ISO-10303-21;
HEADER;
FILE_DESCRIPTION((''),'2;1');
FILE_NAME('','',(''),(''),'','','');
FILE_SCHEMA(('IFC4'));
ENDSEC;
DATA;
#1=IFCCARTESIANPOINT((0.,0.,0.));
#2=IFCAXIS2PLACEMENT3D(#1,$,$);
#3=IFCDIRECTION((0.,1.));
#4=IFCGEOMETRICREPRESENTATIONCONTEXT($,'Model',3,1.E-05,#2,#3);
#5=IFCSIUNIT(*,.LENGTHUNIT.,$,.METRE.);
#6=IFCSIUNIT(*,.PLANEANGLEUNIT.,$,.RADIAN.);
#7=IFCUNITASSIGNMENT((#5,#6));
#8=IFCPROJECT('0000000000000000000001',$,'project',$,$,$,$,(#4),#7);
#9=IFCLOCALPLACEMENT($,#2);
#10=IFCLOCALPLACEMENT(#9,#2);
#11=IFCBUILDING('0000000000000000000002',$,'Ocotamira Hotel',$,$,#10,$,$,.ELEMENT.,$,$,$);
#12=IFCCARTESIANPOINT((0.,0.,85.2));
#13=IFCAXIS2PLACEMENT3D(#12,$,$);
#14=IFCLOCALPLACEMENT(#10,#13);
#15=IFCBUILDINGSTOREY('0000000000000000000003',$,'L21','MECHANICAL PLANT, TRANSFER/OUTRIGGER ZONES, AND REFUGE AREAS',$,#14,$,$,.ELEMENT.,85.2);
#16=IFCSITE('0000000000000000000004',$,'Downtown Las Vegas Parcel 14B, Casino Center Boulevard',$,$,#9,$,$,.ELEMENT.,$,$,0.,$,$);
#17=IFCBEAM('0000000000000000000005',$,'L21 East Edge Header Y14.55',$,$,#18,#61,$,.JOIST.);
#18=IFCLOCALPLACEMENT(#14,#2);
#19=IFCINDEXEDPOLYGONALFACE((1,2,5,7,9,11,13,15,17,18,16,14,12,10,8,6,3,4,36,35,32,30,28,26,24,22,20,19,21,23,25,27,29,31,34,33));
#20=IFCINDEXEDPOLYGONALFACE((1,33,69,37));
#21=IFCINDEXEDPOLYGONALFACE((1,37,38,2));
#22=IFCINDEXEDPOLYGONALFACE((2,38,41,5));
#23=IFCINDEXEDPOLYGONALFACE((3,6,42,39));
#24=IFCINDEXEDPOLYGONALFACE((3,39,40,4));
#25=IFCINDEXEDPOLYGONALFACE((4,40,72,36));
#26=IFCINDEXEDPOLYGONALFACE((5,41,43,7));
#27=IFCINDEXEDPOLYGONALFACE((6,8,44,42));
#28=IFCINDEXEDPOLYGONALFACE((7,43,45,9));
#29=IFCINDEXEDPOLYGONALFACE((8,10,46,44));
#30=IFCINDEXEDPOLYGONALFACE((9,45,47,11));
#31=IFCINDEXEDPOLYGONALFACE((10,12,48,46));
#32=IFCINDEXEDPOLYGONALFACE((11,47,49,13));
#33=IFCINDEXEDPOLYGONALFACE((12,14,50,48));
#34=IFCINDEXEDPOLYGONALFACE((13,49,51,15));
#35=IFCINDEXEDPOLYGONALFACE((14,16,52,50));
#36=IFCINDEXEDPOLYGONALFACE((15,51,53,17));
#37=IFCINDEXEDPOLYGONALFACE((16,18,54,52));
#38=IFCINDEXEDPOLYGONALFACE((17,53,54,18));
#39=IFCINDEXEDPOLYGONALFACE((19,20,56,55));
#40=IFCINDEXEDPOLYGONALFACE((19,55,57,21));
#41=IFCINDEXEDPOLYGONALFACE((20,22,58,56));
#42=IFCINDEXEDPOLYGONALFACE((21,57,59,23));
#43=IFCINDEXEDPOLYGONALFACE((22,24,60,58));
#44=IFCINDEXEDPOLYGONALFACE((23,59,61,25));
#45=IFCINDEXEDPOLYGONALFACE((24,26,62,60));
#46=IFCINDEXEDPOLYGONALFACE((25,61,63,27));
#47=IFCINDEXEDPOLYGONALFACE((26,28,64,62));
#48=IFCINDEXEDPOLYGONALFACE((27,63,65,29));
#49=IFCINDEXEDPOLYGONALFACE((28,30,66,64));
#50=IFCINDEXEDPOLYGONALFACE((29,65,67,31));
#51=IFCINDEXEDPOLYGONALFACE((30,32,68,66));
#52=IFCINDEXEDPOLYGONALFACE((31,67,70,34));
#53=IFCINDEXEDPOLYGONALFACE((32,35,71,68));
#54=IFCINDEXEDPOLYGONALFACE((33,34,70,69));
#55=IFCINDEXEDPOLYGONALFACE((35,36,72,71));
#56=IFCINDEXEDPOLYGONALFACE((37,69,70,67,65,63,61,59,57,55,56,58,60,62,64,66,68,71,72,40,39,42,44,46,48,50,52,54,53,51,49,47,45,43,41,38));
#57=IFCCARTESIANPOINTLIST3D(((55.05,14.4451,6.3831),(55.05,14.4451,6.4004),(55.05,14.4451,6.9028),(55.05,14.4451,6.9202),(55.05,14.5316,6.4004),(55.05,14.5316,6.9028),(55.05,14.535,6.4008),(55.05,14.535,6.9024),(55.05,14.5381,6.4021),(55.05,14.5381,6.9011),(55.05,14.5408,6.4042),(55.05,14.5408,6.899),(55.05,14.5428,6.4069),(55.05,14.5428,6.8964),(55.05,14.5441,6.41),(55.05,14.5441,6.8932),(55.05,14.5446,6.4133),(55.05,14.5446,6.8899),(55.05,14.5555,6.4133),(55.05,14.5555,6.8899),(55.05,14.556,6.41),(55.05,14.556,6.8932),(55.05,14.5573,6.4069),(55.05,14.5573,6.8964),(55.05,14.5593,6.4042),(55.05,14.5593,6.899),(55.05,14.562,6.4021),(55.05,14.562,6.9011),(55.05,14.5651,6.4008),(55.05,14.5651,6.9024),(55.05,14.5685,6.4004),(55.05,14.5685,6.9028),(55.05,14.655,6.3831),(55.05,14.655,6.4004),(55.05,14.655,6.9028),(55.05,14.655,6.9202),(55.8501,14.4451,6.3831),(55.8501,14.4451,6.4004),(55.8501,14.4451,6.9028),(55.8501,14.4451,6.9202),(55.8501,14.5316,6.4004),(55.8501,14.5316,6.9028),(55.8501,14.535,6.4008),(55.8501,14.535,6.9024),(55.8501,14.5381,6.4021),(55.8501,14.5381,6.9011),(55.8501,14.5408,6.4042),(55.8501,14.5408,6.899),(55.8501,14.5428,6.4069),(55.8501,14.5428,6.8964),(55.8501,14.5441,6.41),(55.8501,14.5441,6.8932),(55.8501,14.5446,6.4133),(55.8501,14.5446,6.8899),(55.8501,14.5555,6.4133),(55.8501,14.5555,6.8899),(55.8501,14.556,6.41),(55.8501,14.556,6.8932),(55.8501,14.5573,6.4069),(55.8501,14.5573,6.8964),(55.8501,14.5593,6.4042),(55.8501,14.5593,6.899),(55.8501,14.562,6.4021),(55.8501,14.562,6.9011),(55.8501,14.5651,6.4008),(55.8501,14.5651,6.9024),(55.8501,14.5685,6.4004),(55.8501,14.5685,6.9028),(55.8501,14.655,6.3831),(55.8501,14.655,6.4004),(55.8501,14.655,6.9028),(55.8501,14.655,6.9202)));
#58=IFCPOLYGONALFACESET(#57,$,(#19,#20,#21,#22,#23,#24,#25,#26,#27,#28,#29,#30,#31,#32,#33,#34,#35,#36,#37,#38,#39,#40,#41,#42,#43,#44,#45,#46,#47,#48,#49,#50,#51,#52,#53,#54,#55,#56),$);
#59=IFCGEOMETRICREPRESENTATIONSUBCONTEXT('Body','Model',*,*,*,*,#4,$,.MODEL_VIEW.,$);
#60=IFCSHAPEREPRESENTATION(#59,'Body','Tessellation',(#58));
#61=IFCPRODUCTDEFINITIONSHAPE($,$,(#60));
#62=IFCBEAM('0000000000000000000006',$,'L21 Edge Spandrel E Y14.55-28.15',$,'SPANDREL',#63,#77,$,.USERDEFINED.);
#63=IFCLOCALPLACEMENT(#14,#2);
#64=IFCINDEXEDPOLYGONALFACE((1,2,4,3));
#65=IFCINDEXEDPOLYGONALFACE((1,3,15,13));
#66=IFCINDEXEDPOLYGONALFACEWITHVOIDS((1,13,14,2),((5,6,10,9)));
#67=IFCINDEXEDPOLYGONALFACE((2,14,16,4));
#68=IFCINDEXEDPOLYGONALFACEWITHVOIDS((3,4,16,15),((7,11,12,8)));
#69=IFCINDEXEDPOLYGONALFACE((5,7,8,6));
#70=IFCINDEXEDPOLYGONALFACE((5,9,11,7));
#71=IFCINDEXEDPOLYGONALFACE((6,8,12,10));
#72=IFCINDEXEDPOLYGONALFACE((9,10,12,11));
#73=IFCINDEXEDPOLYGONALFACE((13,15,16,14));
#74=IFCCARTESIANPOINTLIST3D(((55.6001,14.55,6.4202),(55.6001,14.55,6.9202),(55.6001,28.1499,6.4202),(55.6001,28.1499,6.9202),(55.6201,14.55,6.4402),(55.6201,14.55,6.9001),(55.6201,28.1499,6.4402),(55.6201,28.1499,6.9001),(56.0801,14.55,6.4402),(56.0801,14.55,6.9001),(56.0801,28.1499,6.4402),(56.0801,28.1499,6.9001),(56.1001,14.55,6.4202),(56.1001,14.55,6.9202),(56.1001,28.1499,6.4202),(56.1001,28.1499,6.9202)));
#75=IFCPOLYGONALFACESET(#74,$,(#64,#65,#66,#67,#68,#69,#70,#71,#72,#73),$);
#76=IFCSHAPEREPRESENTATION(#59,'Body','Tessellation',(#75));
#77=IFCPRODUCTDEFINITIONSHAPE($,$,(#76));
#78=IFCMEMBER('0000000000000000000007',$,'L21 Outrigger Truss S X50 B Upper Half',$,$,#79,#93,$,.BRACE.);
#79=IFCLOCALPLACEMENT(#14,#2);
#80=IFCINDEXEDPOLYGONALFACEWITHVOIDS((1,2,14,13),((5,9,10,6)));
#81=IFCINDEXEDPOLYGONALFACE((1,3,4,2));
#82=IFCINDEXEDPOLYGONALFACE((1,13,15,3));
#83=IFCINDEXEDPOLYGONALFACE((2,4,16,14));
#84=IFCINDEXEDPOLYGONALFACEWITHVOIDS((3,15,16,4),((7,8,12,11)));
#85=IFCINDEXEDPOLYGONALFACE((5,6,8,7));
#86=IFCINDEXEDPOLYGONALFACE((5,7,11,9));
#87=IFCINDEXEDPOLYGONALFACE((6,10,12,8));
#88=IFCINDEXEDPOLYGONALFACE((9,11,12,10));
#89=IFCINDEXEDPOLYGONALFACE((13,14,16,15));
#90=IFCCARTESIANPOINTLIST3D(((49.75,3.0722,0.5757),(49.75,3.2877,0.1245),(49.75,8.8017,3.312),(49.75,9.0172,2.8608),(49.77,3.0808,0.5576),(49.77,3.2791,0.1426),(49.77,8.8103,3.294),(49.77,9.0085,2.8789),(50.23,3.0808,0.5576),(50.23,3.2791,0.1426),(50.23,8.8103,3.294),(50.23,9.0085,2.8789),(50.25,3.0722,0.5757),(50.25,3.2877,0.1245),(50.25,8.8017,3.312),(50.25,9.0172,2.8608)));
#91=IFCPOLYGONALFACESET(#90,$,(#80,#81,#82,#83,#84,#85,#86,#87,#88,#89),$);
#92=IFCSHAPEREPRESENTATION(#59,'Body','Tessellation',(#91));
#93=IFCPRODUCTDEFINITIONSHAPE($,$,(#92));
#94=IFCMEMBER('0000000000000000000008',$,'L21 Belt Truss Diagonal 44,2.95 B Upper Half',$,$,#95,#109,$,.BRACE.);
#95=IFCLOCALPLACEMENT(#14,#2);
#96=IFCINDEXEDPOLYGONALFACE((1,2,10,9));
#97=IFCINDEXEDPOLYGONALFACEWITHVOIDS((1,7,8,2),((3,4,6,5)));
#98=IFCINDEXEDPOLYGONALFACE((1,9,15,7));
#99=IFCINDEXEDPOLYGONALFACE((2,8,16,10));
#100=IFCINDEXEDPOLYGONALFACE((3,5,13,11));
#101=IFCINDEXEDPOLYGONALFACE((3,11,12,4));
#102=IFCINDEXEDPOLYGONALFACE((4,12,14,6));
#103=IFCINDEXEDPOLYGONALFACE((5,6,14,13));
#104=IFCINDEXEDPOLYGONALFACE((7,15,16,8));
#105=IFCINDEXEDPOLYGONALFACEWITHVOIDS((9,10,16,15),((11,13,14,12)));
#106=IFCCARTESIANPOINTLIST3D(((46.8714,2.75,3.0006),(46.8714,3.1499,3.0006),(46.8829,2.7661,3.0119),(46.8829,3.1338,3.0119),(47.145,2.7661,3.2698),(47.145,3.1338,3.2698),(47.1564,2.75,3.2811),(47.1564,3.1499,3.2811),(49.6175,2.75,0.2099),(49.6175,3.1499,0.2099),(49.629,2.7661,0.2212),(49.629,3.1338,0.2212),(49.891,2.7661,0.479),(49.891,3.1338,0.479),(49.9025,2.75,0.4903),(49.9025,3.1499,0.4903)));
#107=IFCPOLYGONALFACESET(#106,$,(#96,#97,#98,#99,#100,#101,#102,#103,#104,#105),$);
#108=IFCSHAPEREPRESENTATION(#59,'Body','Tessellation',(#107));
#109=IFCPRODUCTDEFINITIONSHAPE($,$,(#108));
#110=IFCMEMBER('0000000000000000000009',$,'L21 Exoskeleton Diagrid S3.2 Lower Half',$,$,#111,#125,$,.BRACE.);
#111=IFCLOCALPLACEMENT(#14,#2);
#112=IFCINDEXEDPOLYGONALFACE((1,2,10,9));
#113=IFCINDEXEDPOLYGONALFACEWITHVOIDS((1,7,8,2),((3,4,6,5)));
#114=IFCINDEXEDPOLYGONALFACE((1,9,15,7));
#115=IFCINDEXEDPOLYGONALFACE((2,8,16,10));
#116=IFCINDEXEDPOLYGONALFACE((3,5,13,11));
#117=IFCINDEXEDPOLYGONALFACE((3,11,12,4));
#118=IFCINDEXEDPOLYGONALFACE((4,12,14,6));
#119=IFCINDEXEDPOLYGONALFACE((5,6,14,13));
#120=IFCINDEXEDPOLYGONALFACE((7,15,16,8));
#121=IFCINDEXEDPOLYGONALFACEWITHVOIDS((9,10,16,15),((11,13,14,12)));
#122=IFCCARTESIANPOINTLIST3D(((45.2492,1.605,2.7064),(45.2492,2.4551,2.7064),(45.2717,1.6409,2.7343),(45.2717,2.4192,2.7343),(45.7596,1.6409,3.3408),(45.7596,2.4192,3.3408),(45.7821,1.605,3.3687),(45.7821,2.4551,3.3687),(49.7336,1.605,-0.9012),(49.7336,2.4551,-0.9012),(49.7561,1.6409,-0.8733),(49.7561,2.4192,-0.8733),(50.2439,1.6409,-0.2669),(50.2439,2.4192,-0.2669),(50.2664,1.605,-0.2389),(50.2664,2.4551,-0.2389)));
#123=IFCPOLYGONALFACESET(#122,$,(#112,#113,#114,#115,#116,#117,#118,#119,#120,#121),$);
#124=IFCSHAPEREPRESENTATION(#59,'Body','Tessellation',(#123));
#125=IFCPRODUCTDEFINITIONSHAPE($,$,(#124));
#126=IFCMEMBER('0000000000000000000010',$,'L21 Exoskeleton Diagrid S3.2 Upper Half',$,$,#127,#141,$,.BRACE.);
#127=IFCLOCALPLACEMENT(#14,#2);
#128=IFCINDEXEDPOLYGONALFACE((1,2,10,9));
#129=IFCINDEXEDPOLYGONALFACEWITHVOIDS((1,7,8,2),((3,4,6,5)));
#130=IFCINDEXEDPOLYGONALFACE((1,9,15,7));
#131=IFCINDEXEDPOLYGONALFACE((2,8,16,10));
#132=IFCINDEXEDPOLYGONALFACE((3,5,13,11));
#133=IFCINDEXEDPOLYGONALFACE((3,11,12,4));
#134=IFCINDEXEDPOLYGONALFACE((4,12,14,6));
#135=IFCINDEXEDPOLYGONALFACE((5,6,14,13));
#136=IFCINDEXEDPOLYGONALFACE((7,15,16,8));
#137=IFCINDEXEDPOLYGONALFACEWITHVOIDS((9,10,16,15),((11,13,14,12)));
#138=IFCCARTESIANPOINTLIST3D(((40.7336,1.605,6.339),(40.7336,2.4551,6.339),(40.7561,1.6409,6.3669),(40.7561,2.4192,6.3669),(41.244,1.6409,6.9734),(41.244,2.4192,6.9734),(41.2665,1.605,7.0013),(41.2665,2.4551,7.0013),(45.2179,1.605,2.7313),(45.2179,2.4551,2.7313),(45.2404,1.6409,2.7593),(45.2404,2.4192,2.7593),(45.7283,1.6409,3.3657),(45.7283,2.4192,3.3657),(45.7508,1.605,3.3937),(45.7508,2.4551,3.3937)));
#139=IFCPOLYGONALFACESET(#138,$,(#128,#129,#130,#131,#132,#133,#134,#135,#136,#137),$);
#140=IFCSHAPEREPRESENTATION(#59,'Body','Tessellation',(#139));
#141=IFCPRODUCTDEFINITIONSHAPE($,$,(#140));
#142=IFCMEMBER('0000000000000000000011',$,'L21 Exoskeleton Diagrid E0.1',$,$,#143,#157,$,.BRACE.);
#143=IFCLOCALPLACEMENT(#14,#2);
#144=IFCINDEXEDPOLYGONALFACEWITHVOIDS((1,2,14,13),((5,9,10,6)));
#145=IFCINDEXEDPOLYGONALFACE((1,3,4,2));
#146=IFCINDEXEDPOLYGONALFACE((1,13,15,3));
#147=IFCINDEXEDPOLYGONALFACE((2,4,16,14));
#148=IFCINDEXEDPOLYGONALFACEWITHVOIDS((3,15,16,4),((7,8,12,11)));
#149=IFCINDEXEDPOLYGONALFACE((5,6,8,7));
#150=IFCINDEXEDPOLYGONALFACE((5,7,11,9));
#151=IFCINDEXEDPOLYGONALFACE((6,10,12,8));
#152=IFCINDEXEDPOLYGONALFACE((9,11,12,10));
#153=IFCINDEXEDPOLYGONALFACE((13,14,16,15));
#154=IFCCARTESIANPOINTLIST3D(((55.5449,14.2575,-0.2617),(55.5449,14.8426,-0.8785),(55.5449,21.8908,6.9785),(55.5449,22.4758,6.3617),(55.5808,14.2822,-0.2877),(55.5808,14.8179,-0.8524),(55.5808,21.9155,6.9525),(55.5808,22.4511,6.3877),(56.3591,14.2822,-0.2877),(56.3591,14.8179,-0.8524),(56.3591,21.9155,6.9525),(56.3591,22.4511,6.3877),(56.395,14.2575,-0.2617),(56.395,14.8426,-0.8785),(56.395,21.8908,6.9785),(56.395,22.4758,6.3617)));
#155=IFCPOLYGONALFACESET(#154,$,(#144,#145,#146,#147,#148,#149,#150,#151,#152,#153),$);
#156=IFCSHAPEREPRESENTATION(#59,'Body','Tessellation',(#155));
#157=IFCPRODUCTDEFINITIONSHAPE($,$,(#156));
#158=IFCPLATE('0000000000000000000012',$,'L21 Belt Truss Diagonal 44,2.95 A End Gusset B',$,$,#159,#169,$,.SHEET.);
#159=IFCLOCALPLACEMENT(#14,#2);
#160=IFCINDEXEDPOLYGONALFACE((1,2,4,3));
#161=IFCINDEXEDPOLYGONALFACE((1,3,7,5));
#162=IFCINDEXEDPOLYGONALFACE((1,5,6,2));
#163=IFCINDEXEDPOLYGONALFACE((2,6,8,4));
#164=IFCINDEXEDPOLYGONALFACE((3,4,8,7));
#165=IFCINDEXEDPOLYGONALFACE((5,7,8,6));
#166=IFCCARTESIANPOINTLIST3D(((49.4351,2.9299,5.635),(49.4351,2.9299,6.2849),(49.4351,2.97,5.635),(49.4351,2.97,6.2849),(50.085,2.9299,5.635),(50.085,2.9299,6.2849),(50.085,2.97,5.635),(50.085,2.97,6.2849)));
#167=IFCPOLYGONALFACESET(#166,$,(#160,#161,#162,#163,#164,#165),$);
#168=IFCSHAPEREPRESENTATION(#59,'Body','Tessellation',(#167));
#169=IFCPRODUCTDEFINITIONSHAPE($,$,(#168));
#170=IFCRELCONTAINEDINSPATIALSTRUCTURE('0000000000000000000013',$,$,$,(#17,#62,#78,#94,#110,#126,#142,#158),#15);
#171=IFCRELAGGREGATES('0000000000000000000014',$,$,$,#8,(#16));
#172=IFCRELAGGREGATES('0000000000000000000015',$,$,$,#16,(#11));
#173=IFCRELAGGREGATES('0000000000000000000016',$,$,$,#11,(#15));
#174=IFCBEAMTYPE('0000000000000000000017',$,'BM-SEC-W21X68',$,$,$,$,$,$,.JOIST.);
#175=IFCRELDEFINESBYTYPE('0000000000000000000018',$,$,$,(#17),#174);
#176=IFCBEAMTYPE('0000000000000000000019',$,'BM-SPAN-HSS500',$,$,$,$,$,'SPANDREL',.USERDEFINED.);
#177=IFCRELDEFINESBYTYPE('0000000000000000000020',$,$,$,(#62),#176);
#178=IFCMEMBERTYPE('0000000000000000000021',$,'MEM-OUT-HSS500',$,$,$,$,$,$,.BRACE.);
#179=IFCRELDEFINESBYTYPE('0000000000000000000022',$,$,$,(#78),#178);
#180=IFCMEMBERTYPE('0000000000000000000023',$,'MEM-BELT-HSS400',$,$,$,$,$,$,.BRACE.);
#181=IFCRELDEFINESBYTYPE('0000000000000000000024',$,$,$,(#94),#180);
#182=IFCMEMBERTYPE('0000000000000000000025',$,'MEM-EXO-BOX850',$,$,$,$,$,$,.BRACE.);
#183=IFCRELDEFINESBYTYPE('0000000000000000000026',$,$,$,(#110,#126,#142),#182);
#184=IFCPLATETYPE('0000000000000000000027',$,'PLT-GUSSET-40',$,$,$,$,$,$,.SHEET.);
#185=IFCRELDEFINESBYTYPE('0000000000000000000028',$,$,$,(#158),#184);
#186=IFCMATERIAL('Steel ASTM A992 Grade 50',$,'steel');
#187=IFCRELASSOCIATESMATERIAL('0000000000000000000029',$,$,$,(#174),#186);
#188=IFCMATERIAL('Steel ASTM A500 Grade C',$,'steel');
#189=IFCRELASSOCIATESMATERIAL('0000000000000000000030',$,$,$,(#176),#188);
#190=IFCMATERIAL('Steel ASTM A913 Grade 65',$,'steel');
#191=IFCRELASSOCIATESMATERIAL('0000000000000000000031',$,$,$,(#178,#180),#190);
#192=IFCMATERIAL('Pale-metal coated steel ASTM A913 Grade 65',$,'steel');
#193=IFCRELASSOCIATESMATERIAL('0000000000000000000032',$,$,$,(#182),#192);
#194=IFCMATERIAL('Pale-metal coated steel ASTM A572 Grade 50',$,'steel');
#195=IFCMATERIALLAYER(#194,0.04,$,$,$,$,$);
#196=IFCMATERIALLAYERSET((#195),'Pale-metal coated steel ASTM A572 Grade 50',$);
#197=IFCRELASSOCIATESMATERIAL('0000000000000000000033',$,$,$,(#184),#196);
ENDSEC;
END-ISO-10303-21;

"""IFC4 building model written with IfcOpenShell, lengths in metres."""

from ifc_helpers import new_model, si_unit, direction, frame, origin, origin_2d, place, context, subcontext, project, spatial, rectangle, hollow_rectangle, i_section, extrude, source, transform, mapped, material, layer, layer_set, material_profile, profile_set, type_object, element, save


model = new_model("IFC4")

# Units and contexts
model_context = context("Model", 3, precision=1e-05, world=origin(), true_north=direction((0.0, 1.0)))
body_context = subcontext(model_context, "Body", "Model", "MODEL_VIEW")
ifc_project = project(units=[si_unit("LENGTHUNIT", "METRE"), si_unit("PLANEANGLEUNIT", "RADIAN")], contexts=[model_context])

# Site, building, storey
site_placement = place(None, origin())
site = spatial("IfcSite", under=ifc_project, at=site_placement, Name="Downtown Las Vegas Parcel 14B, Casino Center Boulevard", CompositionType="ELEMENT", RefElevation=0.0)
building_placement = place(site_placement, origin())
building = spatial("IfcBuilding", under=site, at=building_placement, Name="Ocotamira Hotel", CompositionType="ELEMENT")
storey_placement = place(building_placement, frame((0.0, 0.0, 85.2)))
storey = spatial("IfcBuildingStorey", under=building, at=storey_placement, Name="L21", Description="MECHANICAL PLANT, TRANSFER/OUTRIGGER ZONES, AND REFUGE AREAS", CompositionType="ELEMENT", Elevation=85.2)

# Shared definitions
ifc_material_1 = material(Name="Steel ASTM A913 Grade 65", Category="steel")

# Beams
ifc_material_2 = material(Name="Steel ASTM A992 Grade 50", Category="steel")
ifc_material_profile_1 = material_profile(ifc_material_2, i_section(OverallWidth=0.21, OverallDepth=0.5371, WebThickness=0.011, FlangeThickness=0.0173, FilletRadius=0.0129, at=origin_2d()), Name="W21X68")
ifc_profile_set_1 = profile_set([ifc_material_profile_1], Name="Steel ASTM A992 Grade 50")
beam_type_1 = type_object("IfcBeamType", Name="BM-SEC-W21X68", PredefinedType="JOIST", material=ifc_profile_set_1)
shared_shape_1 = source(origin(), body_context, "Body", "SweptSolid", [
    extrude(i_section(OverallWidth=0.21, OverallDepth=0.5371, WebThickness=0.011, FlangeThickness=0.0173, FilletRadius=0.0129, at=origin_2d()), origin(), (0.0, 0.0, 1.0), 0.8),
])
for number, where, z_axis, x_axis, name in (
    (1, (55.05, 14.55, 6.6516), (1.0, 0.0, 0.0), (0.0, 1.0, 0.0), "L21 East Edge Header Y14.55"),
):
    element("IfcBeam", number, at=place(storey_placement, frame(where, z_axis=z_axis, x_axis=x_axis)), inside=storey, type_object=beam_type_1, Name=name, PredefinedType="JOIST", context=body_context, shape_type="MappedRepresentation", body=[
        mapped(shared_shape_1, transform((0.0, 0.0, 0.0), scale=1.0)),
    ])
ifc_material_3 = material(Name="Steel ASTM A500 Grade C", Category="steel")
ifc_material_profile_2 = material_profile(ifc_material_3, hollow_rectangle(XDim=0.5, YDim=0.5, WallThickness=0.02, at=origin_2d()), Name="HSS500X500X20")
ifc_profile_set_2 = profile_set([ifc_material_profile_2], Name="Steel ASTM A500 Grade C")
beam_type_2 = type_object("IfcBeamType", Name="BM-SPAN-HSS500", ElementType="SPANDREL", PredefinedType="USERDEFINED", material=ifc_profile_set_2)
shared_shape_2 = source(origin(), body_context, "Body", "SweptSolid", [
    extrude(hollow_rectangle(XDim=0.5, YDim=0.5, WallThickness=0.02, at=origin_2d()), origin(), (0.0, 0.0, 1.0), 13.5999),
])
beam_1_placement = place(storey_placement, frame((55.8501, 14.55, 6.6702), z_axis=(0.0, 1.0, 0.0), x_axis=(-1.0, 0.0, 0.0)))
element("IfcBeam", 2, at=beam_1_placement, inside=storey, type_object=beam_type_2, Name="L21 Edge Spandrel E Y14.55-28.15", ObjectType="SPANDREL", PredefinedType="USERDEFINED", context=body_context, shape_type="MappedRepresentation", body=[
    mapped(shared_shape_2, transform((0.0, 0.0, 0.0), scale=1.0)),
])

# Members
ifc_material_profile_3 = material_profile(ifc_material_1, hollow_rectangle(XDim=0.5, YDim=0.5, WallThickness=0.02, at=origin_2d()), Name="HSS500X500X20")
ifc_profile_set_3 = profile_set([ifc_material_profile_3], Name="Steel ASTM A913 Grade 65")
member_type_1 = type_object("IfcMemberType", Name="MEM-OUT-HSS500", PredefinedType="BRACE", material=ifc_profile_set_3)
shared_shape_3 = source(origin(), body_context, "Body", "SweptSolid", [
    extrude(hollow_rectangle(XDim=0.5, YDim=0.5, WallThickness=0.02, at=origin_2d()), origin(), (0.0, 0.0, 1.0), 6.3494),
])
member_1_placement = place(storey_placement, frame((50.0, 8.9094, 3.0864), z_axis=(0.0, -0.902371, -0.43096), x_axis=(1.0, 0.0, 0.0)))
element("IfcMember", 3, at=member_1_placement, inside=storey, type_object=member_type_1, Name="L21 Outrigger Truss S X50 B Upper Half", PredefinedType="BRACE", context=body_context, shape_type="MappedRepresentation", body=[
    mapped(shared_shape_3, transform((0.0, 0.0, 0.0), scale=1.0)),
])
ifc_material_profile_4 = material_profile(ifc_material_1, hollow_rectangle(XDim=0.3999, YDim=0.3999, WallThickness=0.0161, at=origin_2d()), Name="HSS400X400X16")
ifc_profile_set_4 = profile_set([ifc_material_profile_4], Name="Steel ASTM A913 Grade 65")
member_type_2 = type_object("IfcMemberType", Name="MEM-BELT-HSS400", PredefinedType="BRACE", material=ifc_profile_set_4)
shared_shape_4 = source(origin(), body_context, "Body", "SweptSolid", [
    extrude(hollow_rectangle(XDim=0.3999, YDim=0.3999, WallThickness=0.0161, at=origin_2d()), origin(), (0.0, 0.0, 1.0), 3.9153),
])
member_2_placement = place(storey_placement, frame((47.0139, 2.95, 3.1409), z_axis=(0.701378, 0.0, -0.712789), x_axis=(0.0, 1.0, 0.0)))
element("IfcMember", 4, at=member_2_placement, inside=storey, type_object=member_type_2, Name="L21 Belt Truss Diagonal 44,2.95 B Upper Half", PredefinedType="BRACE", context=body_context, shape_type="MappedRepresentation", body=[
    mapped(shared_shape_4, transform((0.0, 0.0, 0.0), scale=1.0)),
])
ifc_material_4 = material(Name="Pale-metal coated steel ASTM A913 Grade 65", Category="steel")
ifc_material_profile_5 = material_profile(ifc_material_4, hollow_rectangle(XDim=0.8501, YDim=0.8501, WallThickness=0.0359, at=origin_2d()), Name="BOX850X850X36")
ifc_profile_set_5 = profile_set([ifc_material_profile_5], Name="Pale-metal coated steel ASTM A913 Grade 65")
member_type_3 = type_object("IfcMemberType", Name="MEM-EXO-BOX850", PredefinedType="BRACE", material=ifc_profile_set_5)
shared_shape_5 = source(origin(), body_context, "Body", "SweptSolid", [
    extrude(hollow_rectangle(XDim=0.8501, YDim=0.8501, WallThickness=0.0359, at=origin_2d()), origin(), (0.0, 0.0, 1.0), 5.7554),
])
for number, where, z_axis, x_axis, name in (
    (5, (50.0, 2.03, -0.5701), (-0.779157, 0.0, 0.626829), (0.0, -1.0, 0.0), "L21 Exoskeleton Diagrid S3.2 Lower Half"),
    (6, (45.4844, 2.03, 3.0625), (-0.779157, 0.0, 0.626829), (0.0, -1.0, 0.0), "L21 Exoskeleton Diagrid S3.2 Upper Half"),
):
    element("IfcMember", number, at=place(storey_placement, frame(where, z_axis=z_axis, x_axis=x_axis)), inside=storey, type_object=member_type_3, Name=name, PredefinedType="BRACE", context=body_context, shape_type="MappedRepresentation", body=[
        mapped(shared_shape_5, transform((0.0, 0.0, 0.0), scale=1.0)),
    ])
shared_shape_6 = source(origin(), body_context, "Body", "SweptSolid", [
    extrude(hollow_rectangle(XDim=0.8501, YDim=0.8501, WallThickness=0.0359, at=origin_2d()), origin(), (0.0, 0.0, 1.0), 10.5208),
])
member_3_placement = place(storey_placement, frame((55.97, 14.55, -0.5701), z_axis=(0.0, 0.72554, 0.68818), x_axis=(-1.0, 0.0, 0.0)))
element("IfcMember", 7, at=member_3_placement, inside=storey, type_object=member_type_3, Name="L21 Exoskeleton Diagrid E0.1", PredefinedType="BRACE", context=body_context, shape_type="MappedRepresentation", body=[
    mapped(shared_shape_6, transform((0.0, 0.0, 0.0), scale=1.0)),
])

# Plate
ifc_material_5 = material(Name="Pale-metal coated steel ASTM A572 Grade 50", Category="steel")
ifc_layer_1 = layer(ifc_material_5, 0.04)
ifc_layer_set_1 = layer_set([ifc_layer_1], Name="Pale-metal coated steel ASTM A572 Grade 50")
plate_type = type_object("IfcPlateType", Name="PLT-GUSSET-40", PredefinedType="SHEET", material=ifc_layer_set_1)
shared_shape_7 = source(origin(), body_context, "Body", "SweptSolid", [
    extrude(rectangle(XDim=0.6499, YDim=0.04, at=origin_2d()), origin(), (0.0, 0.0, 1.0), 0.6499),
])
for number, where, z_axis, x_axis, name in (
    (8, (49.76, 2.95, 5.635), (0.0, 0.0, 1.0), (1.0, 0.0, 0.0), "L21 Belt Truss Diagonal 44,2.95 A End Gusset B"),
):
    element("IfcPlate", number, at=place(storey_placement, frame(where, z_axis=z_axis, x_axis=x_axis)), inside=storey, type_object=plate_type, Name=name, PredefinedType="SHEET", context=body_context, shape_type="MappedRepresentation", body=[
        mapped(shared_shape_7, transform((0.0, 0.0, 0.0), scale=1.0)),
    ])

save(model, "model.ifc")
